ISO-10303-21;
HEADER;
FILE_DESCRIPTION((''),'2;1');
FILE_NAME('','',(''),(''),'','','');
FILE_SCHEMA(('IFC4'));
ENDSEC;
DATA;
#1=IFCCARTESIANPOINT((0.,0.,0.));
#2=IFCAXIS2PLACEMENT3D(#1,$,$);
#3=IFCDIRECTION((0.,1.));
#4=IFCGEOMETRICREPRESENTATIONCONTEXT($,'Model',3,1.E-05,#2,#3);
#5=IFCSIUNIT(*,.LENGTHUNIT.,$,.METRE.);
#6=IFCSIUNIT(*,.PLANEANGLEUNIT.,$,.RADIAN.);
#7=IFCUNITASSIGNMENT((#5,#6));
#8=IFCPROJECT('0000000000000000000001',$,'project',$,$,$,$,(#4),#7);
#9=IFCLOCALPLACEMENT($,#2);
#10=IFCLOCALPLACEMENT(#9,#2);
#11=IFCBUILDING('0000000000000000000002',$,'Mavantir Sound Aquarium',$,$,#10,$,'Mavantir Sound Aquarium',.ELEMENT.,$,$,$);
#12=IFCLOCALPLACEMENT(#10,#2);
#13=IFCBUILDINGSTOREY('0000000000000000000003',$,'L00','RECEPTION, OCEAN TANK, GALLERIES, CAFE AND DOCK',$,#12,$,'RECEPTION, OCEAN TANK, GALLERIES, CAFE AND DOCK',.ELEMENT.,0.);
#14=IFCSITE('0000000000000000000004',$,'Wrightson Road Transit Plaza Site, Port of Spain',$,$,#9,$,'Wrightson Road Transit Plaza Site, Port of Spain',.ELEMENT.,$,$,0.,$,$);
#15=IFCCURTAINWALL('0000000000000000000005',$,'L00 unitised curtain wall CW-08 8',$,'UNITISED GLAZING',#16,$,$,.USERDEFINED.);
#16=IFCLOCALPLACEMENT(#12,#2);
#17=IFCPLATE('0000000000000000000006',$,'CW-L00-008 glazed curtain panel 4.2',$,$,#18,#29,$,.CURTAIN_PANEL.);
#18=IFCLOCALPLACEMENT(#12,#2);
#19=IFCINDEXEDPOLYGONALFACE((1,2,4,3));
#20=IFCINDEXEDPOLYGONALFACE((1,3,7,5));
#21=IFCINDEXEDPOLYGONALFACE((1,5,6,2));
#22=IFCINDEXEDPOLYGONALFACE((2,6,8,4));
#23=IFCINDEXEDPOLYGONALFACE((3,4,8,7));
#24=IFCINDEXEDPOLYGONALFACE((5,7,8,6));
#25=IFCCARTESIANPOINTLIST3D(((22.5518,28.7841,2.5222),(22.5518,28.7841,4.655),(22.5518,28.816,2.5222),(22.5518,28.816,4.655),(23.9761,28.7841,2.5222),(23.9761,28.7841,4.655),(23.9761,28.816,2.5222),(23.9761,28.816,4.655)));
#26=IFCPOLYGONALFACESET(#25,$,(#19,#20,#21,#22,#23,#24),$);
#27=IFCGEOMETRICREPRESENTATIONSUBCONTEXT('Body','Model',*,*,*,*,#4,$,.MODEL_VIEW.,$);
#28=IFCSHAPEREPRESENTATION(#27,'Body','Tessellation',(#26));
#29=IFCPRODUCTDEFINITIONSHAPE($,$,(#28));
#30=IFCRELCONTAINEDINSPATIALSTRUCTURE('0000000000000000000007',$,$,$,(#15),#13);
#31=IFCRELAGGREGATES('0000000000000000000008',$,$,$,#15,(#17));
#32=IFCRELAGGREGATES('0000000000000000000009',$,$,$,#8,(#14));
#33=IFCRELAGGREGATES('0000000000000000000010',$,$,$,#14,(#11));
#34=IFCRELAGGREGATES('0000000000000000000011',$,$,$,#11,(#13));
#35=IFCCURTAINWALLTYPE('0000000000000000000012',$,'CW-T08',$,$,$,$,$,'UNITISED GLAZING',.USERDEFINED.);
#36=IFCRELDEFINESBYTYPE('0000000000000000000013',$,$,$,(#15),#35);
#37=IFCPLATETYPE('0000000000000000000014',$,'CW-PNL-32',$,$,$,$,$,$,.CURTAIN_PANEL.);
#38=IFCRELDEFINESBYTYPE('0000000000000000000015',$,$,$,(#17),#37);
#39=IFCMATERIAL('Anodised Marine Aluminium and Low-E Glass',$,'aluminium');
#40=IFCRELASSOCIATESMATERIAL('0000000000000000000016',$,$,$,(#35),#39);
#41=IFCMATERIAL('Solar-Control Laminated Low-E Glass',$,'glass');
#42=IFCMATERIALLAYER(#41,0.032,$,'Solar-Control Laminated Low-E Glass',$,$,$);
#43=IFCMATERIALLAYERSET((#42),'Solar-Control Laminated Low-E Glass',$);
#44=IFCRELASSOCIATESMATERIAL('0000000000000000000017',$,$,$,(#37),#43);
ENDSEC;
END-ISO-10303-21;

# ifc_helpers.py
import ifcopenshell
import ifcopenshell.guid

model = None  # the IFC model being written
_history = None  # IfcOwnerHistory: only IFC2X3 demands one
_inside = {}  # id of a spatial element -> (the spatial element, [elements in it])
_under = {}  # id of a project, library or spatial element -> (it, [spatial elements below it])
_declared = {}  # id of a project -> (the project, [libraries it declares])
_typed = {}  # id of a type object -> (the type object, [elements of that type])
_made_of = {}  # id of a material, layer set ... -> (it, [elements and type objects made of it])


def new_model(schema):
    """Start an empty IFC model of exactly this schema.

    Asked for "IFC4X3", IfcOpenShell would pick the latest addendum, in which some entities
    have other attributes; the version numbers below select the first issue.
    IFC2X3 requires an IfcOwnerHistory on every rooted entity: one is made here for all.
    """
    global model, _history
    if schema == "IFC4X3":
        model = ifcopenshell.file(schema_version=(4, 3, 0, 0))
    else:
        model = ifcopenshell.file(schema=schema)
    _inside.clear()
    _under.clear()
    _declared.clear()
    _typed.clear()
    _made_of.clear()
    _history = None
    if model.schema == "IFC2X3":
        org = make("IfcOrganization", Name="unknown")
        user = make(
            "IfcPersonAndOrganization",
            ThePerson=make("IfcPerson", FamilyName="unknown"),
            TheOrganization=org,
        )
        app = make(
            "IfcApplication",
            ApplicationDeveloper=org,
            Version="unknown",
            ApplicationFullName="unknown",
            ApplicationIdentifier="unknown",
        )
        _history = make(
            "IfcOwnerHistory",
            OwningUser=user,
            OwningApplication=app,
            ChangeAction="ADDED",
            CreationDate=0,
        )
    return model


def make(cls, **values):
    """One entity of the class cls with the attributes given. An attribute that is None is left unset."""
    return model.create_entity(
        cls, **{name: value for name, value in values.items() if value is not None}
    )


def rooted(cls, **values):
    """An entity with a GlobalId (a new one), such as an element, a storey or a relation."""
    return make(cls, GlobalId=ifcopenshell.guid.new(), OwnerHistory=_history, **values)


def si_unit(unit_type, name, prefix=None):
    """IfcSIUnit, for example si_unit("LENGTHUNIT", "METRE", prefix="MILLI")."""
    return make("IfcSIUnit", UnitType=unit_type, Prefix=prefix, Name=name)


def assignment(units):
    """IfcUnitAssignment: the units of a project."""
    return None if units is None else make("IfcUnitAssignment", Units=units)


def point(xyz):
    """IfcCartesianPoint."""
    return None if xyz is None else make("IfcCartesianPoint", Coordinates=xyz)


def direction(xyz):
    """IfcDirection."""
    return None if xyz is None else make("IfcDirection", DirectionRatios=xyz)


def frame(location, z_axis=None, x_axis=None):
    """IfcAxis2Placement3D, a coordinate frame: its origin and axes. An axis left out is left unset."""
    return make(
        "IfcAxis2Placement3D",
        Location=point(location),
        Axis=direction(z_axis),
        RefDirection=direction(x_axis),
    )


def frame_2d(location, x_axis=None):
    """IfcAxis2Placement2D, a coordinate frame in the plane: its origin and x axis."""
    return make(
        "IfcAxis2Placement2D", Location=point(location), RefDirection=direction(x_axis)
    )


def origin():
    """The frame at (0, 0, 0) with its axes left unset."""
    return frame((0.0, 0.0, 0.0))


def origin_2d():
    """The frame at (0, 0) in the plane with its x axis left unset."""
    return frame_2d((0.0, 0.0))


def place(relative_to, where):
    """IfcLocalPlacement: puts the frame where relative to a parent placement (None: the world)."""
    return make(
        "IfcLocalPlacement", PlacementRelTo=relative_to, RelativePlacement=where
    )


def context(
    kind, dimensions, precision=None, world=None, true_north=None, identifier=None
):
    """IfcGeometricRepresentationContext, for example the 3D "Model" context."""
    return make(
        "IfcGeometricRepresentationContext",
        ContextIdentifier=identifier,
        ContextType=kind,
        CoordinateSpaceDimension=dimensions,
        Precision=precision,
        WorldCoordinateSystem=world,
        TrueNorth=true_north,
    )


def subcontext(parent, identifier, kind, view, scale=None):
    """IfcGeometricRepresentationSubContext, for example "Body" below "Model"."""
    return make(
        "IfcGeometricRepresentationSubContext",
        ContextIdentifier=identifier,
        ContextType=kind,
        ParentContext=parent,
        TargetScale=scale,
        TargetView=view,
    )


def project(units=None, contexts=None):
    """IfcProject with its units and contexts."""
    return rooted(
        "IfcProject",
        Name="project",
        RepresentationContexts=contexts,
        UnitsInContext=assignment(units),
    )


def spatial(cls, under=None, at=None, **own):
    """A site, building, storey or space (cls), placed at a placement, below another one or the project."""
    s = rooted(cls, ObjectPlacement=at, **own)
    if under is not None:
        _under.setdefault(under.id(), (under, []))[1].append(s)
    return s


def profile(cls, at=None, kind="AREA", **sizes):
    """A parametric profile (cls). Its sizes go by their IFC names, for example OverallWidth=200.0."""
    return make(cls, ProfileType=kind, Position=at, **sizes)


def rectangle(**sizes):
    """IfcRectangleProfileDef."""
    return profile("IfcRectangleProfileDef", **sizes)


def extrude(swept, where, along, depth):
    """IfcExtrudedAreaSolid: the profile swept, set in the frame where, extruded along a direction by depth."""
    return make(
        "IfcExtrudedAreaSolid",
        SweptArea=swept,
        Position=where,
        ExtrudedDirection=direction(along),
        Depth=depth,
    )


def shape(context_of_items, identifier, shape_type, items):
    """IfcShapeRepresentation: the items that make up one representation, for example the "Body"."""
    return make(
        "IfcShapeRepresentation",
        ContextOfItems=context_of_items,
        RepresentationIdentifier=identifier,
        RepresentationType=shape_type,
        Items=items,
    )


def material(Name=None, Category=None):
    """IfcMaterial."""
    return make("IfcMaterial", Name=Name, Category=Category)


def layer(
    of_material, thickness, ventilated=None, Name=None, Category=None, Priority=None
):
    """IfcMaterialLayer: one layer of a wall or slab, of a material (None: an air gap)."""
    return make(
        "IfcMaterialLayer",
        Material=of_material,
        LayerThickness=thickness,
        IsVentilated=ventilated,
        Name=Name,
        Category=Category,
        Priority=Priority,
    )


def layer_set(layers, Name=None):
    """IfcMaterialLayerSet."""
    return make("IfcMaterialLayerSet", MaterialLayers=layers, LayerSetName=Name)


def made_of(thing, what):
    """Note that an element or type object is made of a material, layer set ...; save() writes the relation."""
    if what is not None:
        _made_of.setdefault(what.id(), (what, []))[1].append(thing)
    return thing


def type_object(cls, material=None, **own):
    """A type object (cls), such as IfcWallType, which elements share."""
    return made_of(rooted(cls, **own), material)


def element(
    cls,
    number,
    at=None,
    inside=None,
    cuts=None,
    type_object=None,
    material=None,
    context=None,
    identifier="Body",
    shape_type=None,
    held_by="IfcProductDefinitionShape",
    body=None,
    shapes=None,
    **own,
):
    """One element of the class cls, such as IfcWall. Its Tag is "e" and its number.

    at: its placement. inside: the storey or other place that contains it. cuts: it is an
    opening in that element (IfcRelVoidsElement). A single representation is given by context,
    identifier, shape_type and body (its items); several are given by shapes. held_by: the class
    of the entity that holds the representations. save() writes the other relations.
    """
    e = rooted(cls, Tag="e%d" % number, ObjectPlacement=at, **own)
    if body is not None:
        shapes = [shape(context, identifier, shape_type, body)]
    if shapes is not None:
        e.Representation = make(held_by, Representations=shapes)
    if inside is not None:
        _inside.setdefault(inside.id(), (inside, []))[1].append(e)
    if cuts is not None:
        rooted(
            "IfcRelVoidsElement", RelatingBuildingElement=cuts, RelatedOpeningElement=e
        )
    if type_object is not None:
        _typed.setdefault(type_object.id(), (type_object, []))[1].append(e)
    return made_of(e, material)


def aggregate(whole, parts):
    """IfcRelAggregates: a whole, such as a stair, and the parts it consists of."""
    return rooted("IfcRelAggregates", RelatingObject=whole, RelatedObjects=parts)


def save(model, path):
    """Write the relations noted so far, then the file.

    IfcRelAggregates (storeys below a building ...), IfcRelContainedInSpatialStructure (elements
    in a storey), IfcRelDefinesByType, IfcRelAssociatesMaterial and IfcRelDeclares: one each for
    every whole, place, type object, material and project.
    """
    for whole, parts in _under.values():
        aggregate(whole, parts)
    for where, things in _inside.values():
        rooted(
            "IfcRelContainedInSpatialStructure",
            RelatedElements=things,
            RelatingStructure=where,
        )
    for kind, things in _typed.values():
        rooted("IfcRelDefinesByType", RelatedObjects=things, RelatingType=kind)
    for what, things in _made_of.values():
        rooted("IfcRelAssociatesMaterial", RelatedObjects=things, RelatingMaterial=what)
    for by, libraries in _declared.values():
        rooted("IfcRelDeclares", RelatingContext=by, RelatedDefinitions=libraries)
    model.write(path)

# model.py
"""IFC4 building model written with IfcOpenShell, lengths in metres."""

from ifc_helpers import new_model, si_unit, direction, frame, origin, origin_2d, place, context, subcontext, project, spatial, rectangle, extrude, material, layer, layer_set, type_object, element, aggregate, save


model = new_model("IFC4")

# Units and contexts
model_context = context("Model", 3, precision=1e-05, world=origin(), true_north=direction((0.0, 1.0)))
body_context = subcontext(model_context, "Body", "Model", "MODEL_VIEW")
ifc_project = project(units=[si_unit("LENGTHUNIT", "METRE"), si_unit("PLANEANGLEUNIT", "RADIAN")], contexts=[model_context])

# Site, building, storey
site_placement = place(None, origin())
site = spatial("IfcSite", under=ifc_project, at=site_placement, Name="Wrightson Road Transit Plaza Site, Port of Spain", LongName="Wrightson Road Transit Plaza Site, Port of Spain", CompositionType="ELEMENT", RefElevation=0.0)
building_placement = place(site_placement, origin())
building = spatial("IfcBuilding", under=site, at=building_placement, Name="Mavantir Sound Aquarium", LongName="Mavantir Sound Aquarium", CompositionType="ELEMENT")
storey_placement = place(building_placement, origin())
storey = spatial("IfcBuildingStorey", under=building, at=storey_placement, Name="L00", Description="RECEPTION, OCEAN TANK, GALLERIES, CAFE AND DOCK", LongName="RECEPTION, OCEAN TANK, GALLERIES, CAFE AND DOCK", CompositionType="ELEMENT", Elevation=0.0)

# Curtain wall, plate
ifc_material_1 = material(Name="Anodised Marine Aluminium and Low-E Glass", Category="aluminium")
curtain_wall_type = type_object("IfcCurtainWallType", Name="CW-T08", ElementType="UNITISED GLAZING", PredefinedType="USERDEFINED", material=ifc_material_1)
curtain_wall_placement = place(storey_placement, origin())
curtain_wall = element("IfcCurtainWall", 1, at=curtain_wall_placement, inside=storey, type_object=curtain_wall_type, Name="L00 unitised curtain wall CW-08 8", ObjectType="UNITISED GLAZING", PredefinedType="USERDEFINED")
ifc_material_2 = material(Name="Solar-Control Laminated Low-E Glass", Category="glass")
ifc_layer = layer(ifc_material_2, 0.032, Name="Solar-Control Laminated Low-E Glass")
ifc_layer_set = layer_set([ifc_layer], Name="Solar-Control Laminated Low-E Glass")
plate_type = type_object("IfcPlateType", Name="CW-PNL-32", PredefinedType="CURTAIN_PANEL", material=ifc_layer_set)
plate_1_placement = place(storey_placement, frame((23.2639, 28.8, 2.5222), z_axis=(0.0, 0.0, 1.0), x_axis=(-1.0, 0.0, 0.0)))
plate_1 = element("IfcPlate", 2, at=plate_1_placement, type_object=plate_type, Name="CW-L00-008 glazed curtain panel 4.2", PredefinedType="CURTAIN_PANEL", context=body_context, shape_type="SweptSolid", body=[
    extrude(rectangle(XDim=1.4243, YDim=0.032, at=origin_2d()), origin(), (0.0, 0.0, 1.0), 2.1328),
])
aggregate(curtain_wall, [plate_1])

save(model, "model.ifc")
